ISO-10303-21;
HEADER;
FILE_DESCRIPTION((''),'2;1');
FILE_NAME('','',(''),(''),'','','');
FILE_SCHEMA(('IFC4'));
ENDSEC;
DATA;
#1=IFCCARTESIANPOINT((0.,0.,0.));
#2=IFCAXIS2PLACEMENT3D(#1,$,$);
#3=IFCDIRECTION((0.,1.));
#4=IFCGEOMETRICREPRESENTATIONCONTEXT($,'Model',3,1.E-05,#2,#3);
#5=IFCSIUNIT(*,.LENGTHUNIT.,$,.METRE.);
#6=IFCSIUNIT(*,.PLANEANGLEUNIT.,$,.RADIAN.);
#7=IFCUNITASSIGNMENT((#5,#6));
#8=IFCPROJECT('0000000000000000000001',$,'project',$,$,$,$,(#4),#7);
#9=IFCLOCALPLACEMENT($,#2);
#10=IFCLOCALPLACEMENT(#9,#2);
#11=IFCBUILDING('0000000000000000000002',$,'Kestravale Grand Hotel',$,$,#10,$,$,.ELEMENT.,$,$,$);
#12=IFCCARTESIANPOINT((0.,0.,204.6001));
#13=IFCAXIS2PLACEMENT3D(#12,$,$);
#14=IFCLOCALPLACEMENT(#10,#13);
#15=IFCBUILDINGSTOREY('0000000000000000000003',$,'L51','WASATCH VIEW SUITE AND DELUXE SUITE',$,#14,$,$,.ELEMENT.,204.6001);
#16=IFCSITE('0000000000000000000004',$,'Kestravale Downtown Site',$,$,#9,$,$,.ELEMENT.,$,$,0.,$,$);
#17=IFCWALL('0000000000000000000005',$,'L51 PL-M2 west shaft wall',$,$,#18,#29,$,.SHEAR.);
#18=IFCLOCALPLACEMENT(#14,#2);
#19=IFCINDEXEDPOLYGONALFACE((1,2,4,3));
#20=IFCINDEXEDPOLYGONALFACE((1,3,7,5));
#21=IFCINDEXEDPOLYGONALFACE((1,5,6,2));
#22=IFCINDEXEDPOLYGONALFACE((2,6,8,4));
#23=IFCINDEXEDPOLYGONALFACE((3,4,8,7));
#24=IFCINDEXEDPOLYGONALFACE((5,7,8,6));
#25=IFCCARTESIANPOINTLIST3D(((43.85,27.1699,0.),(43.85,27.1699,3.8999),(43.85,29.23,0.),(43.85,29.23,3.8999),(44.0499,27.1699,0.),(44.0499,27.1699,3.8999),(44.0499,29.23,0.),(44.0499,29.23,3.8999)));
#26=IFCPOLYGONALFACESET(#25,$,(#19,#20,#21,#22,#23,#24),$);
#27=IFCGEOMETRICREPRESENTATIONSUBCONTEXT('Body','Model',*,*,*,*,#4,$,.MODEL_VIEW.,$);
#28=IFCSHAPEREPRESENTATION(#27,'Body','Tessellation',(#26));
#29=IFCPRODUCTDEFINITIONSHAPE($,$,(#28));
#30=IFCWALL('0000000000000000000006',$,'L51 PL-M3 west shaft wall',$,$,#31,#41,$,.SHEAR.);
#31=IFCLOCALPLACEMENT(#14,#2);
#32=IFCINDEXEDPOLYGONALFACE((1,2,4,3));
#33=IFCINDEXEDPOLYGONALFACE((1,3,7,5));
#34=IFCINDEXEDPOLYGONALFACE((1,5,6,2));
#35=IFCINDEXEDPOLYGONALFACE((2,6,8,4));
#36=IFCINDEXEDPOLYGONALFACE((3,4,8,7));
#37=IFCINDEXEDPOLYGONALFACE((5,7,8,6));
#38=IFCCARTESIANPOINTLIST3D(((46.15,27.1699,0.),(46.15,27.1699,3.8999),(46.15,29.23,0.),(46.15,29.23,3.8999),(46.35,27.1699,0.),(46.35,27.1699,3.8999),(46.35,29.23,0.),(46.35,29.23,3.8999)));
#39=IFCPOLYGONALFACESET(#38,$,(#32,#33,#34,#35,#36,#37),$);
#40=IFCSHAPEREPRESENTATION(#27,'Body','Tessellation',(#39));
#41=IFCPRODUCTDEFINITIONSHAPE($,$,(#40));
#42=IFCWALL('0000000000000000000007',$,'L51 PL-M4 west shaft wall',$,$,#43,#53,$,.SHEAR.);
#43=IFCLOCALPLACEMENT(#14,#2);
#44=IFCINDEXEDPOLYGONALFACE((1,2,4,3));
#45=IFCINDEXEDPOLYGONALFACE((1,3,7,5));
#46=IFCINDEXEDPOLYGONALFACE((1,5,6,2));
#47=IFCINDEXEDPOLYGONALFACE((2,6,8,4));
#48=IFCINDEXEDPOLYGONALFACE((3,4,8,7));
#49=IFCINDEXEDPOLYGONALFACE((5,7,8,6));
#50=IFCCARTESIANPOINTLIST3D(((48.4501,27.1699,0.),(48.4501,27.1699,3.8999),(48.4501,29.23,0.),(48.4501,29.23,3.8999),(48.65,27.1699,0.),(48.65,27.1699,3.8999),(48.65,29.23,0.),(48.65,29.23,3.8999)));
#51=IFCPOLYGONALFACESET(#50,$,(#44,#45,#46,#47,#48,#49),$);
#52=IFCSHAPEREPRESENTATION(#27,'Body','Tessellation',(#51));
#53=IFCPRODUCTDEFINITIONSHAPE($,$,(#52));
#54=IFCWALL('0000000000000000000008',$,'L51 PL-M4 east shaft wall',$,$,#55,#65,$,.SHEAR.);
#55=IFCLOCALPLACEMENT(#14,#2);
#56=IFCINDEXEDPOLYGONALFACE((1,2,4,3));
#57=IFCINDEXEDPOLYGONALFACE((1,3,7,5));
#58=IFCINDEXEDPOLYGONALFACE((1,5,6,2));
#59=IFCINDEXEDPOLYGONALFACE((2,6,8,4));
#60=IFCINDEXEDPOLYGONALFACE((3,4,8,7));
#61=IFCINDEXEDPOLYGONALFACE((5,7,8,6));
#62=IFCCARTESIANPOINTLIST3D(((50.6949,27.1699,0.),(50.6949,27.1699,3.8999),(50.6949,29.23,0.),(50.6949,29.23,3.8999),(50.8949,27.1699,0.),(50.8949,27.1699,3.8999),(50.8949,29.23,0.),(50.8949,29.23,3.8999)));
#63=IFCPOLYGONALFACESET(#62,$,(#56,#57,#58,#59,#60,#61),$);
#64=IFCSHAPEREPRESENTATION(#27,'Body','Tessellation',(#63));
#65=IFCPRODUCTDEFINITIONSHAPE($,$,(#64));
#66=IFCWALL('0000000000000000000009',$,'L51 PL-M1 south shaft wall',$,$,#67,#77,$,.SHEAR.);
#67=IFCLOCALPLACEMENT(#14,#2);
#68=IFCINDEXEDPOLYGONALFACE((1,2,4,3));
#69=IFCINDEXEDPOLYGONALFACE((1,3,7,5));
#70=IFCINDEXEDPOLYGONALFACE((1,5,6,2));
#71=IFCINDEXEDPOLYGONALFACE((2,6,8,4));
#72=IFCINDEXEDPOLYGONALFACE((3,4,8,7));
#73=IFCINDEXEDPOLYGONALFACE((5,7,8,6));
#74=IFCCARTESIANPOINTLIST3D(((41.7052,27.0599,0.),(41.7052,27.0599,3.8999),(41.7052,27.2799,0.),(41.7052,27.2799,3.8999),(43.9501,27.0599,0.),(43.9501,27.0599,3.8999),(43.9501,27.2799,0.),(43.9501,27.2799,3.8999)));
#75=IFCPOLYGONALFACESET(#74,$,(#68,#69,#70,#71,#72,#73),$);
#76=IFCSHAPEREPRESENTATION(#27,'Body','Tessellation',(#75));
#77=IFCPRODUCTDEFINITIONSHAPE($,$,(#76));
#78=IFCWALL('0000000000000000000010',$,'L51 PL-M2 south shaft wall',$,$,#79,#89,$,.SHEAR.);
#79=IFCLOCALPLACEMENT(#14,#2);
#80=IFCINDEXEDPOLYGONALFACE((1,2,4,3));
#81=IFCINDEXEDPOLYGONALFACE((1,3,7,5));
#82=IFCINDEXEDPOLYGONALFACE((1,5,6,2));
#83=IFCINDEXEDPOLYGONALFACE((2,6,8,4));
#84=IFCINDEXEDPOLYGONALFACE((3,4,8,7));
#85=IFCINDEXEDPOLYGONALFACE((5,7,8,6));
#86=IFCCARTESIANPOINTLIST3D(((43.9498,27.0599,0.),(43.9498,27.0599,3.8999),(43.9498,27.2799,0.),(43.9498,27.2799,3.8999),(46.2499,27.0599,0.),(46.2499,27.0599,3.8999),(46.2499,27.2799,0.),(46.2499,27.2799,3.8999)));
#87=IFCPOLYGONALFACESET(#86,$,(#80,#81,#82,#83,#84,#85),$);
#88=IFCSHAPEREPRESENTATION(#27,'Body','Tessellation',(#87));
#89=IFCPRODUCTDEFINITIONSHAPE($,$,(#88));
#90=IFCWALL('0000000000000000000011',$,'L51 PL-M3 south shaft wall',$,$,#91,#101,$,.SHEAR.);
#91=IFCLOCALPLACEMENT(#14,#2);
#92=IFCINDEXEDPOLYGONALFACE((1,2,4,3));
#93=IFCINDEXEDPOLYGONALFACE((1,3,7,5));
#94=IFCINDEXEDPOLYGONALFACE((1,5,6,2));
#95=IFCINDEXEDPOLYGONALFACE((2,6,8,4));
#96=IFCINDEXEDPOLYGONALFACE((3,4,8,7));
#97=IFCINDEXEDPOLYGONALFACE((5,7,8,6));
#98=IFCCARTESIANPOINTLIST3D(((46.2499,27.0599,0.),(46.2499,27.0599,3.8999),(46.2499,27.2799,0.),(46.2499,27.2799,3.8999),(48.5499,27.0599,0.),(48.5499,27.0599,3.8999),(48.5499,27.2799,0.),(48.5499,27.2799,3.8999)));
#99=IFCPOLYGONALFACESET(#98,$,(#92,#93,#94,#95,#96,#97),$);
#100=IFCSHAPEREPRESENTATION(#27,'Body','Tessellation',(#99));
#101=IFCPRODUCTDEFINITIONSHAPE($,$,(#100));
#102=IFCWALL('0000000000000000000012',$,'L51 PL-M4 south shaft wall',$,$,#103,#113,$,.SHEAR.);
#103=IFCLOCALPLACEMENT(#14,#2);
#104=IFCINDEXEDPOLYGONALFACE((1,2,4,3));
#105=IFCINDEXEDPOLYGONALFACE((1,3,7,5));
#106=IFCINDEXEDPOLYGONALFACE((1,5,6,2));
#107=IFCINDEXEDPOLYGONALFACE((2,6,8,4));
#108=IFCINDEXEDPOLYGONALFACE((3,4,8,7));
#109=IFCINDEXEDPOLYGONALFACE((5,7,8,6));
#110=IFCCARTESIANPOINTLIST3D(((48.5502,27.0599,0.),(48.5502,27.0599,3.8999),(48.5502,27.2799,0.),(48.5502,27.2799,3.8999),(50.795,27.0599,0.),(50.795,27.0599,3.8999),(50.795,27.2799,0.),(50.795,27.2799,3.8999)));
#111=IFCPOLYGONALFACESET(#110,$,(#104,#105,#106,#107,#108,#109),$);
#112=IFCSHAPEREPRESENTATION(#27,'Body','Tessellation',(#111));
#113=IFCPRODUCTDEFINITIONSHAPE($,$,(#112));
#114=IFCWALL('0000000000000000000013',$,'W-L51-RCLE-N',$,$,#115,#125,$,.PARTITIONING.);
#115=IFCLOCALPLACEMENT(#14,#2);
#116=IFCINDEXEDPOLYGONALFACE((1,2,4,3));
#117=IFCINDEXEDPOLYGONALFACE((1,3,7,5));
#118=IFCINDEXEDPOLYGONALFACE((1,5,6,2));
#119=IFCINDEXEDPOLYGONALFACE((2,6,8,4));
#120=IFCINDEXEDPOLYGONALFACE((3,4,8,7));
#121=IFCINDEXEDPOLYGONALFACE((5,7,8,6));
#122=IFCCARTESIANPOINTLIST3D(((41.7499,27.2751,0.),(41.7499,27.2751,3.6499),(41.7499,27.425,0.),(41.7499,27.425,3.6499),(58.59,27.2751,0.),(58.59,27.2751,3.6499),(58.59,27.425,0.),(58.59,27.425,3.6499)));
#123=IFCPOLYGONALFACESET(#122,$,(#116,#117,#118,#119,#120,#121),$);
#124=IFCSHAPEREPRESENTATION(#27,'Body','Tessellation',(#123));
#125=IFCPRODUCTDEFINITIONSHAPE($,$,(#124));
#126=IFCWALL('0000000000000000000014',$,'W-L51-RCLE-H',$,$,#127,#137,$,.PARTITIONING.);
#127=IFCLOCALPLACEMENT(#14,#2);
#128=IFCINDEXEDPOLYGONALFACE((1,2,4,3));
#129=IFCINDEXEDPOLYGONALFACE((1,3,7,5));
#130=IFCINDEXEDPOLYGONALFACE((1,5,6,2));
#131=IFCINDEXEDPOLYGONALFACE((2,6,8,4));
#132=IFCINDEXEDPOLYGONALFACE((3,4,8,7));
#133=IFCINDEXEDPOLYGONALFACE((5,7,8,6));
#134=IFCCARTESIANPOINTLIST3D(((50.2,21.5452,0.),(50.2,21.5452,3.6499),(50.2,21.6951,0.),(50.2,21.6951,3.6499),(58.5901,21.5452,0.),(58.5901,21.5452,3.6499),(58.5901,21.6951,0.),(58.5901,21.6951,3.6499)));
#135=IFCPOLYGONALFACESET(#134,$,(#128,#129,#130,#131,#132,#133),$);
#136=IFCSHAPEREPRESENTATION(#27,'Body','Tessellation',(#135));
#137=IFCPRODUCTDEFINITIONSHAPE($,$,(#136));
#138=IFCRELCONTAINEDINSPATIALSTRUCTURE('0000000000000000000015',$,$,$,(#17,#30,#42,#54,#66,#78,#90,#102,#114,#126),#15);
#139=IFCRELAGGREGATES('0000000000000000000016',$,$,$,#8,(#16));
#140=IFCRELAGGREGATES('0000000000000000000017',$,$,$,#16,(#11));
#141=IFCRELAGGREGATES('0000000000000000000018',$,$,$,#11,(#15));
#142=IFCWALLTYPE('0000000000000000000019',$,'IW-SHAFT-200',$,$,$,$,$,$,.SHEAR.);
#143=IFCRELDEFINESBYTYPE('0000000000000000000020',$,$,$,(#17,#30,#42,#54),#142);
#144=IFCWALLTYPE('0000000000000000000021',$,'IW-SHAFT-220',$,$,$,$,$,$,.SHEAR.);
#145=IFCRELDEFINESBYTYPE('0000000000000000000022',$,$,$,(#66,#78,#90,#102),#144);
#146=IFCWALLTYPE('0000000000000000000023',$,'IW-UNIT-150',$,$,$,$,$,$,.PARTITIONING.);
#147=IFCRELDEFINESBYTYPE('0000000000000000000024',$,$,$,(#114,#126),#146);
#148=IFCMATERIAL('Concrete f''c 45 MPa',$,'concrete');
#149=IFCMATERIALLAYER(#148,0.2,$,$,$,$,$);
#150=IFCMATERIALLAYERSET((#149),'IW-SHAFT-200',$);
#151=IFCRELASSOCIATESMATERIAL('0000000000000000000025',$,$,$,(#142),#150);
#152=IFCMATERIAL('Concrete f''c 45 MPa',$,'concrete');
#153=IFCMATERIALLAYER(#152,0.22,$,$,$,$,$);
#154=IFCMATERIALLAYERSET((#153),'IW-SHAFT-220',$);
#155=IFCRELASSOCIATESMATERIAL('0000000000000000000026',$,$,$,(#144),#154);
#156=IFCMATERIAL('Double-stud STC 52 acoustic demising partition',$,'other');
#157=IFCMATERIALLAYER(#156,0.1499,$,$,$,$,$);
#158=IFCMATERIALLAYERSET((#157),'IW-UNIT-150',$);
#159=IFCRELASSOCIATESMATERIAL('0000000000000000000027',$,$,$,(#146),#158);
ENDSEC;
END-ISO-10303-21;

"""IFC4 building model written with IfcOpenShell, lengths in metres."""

from ifc_helpers import new_model, si_unit, direction, frame, frame_2d, origin, place, context, subcontext, project, spatial, rectangle, extrude, material, layer, layer_set, type_object, element, save


model = new_model("IFC4")

# Units and contexts
model_context = context("Model", 3, precision=1e-05, world=origin(), true_north=direction((0.0, 1.0)))
body_context = subcontext(model_context, "Body", "Model", "MODEL_VIEW")
ifc_project = project(units=[si_unit("LENGTHUNIT", "METRE"), si_unit("PLANEANGLEUNIT", "RADIAN")], contexts=[model_context])

# Site, building, storey
site_placement = place(None, origin())
site = spatial("IfcSite", under=ifc_project, at=site_placement, Name="Kestravale Downtown Site", CompositionType="ELEMENT", RefElevation=0.0)
building_placement = place(site_placement, origin())
building = spatial("IfcBuilding", under=site, at=building_placement, Name="Kestravale Grand Hotel", CompositionType="ELEMENT")
storey_placement = place(building_placement, frame((0.0, 0.0, 204.6001)))
storey = spatial("IfcBuildingStorey", under=building, at=storey_placement, Name="L51", Description="WASATCH VIEW SUITE AND DELUXE SUITE", CompositionType="ELEMENT", Elevation=204.6001)

# Walls
ifc_material_1 = material(Name="Concrete f'c 45 MPa", Category="concrete")
ifc_layer_1 = layer(ifc_material_1, 0.2)
ifc_layer_set_1 = layer_set([ifc_layer_1], Name="IW-SHAFT-200")
wall_type_1 = type_object("IfcWallType", Name="IW-SHAFT-200", PredefinedType="SHEAR", material=ifc_layer_set_1)
for number, where, z_axis, x_axis, name in (
    (1, (43.95, 27.1699, 0.0), (0.0, 0.0, 1.0), (0.0, 1.0, 0.0), "L51 PL-M2 west shaft wall"),
    (2, (46.25, 27.1699, 0.0), (0.0, 0.0, 1.0), (0.0, 1.0, 0.0), "L51 PL-M3 west shaft wall"),
    (3, (48.55, 27.1699, 0.0), (0.0, 0.0, 1.0), (0.0, 1.0, 0.0), "L51 PL-M4 west shaft wall"),
    (4, (50.7949, 27.1699, 0.0), (0.0, 0.0, 1.0), (0.0, 1.0, 0.0), "L51 PL-M4 east shaft wall"),
):
    element("IfcWall", number, at=place(storey_placement, frame(where, z_axis=z_axis, x_axis=x_axis)), inside=storey, type_object=wall_type_1, Name=name, PredefinedType="SHEAR", context=body_context, shape_type="SweptSolid", body=[
        extrude(rectangle(XDim=2.0601, YDim=0.2, at=frame_2d((1.03, 0.0))), origin(), (0.0, 0.0, 1.0), 3.8999),
    ])

# Shared definitions
ifc_material_2 = material(Name="Concrete f'c 45 MPa", Category="concrete")
ifc_layer_2 = layer(ifc_material_2, 0.22)
ifc_layer_set_2 = layer_set([ifc_layer_2], Name="IW-SHAFT-220")
wall_type_2 = type_object("IfcWallType", Name="IW-SHAFT-220", PredefinedType="SHEAR", material=ifc_layer_set_2)

# Wall
wall_1_placement = place(storey_placement, frame((41.7051, 27.1699, 0.0), z_axis=(0.0, 0.0, 1.0), x_axis=(1.0, 0.0, 0.0)))
element("IfcWall", 5, at=wall_1_placement, inside=storey, type_object=wall_type_2, Name="L51 PL-M1 south shaft wall", PredefinedType="SHEAR", context=body_context, shape_type="SweptSolid", body=[
    extrude(rectangle(XDim=2.2449, YDim=0.22, at=frame_2d((1.1226, 0.0))), origin(), (0.0, 0.0, 1.0), 3.8999),
])

# Wall
wall_2_placement = place(storey_placement, frame((43.95, 27.1699, 0.0), z_axis=(0.0, 0.0, 1.0), x_axis=(1.0, 0.0, 0.0)))
element("IfcWall", 6, at=wall_2_placement, inside=storey, type_object=wall_type_2, Name="L51 PL-M2 south shaft wall", PredefinedType="SHEAR", context=body_context, shape_type="SweptSolid", body=[
    extrude(rectangle(XDim=2.3, YDim=0.22, at=frame_2d((1.1499, 0.0))), origin(), (0.0, 0.0, 1.0), 3.8999),
])

# Walls
wall_3_placement = place(storey_placement, frame((46.25, 27.1699, 0.0), z_axis=(0.0, 0.0, 1.0), x_axis=(1.0, 0.0, 0.0)))
element("IfcWall", 7, at=wall_3_placement, inside=storey, type_object=wall_type_2, Name="L51 PL-M3 south shaft wall", PredefinedType="SHEAR", context=body_context, shape_type="SweptSolid", body=[
    extrude(rectangle(XDim=2.3, YDim=0.22, at=frame_2d((1.1499, 0.0))), origin(), (0.0, 0.0, 1.0), 3.8999),
])
wall_4_placement = place(storey_placement, frame((48.55, 27.1699, 0.0), z_axis=(0.0, 0.0, 1.0), x_axis=(1.0, 0.0, 0.0)))
element("IfcWall", 8, at=wall_4_placement, inside=storey, type_object=wall_type_2, Name="L51 PL-M4 south shaft wall", PredefinedType="SHEAR", context=body_context, shape_type="SweptSolid", body=[
    extrude(rectangle(XDim=2.2449, YDim=0.22, at=frame_2d((1.1226, 0.0))), origin(), (0.0, 0.0, 1.0), 3.8999),
])
ifc_material_3 = material(Name="Double-stud STC 52 acoustic demising partition", Category="other")
ifc_layer_3 = layer(ifc_material_3, 0.1499)
ifc_layer_set_3 = layer_set([ifc_layer_3], Name="IW-UNIT-150")
wall_type_3 = type_object("IfcWallType", Name="IW-UNIT-150", PredefinedType="PARTITIONING", material=ifc_layer_set_3)
wall_5_placement = place(storey_placement, frame((41.75, 27.3501, 0.0), z_axis=(0.0, 0.0, 1.0), x_axis=(1.0, 0.0, 0.0)))
element("IfcWall", 9, at=wall_5_placement, inside=storey, type_object=wall_type_3, Name="W-L51-RCLE-N", PredefinedType="PARTITIONING", context=body_context, shape_type="SweptSolid", body=[
    extrude(rectangle(XDim=16.8401, YDim=0.1499, at=frame_2d((8.4199, 0.0))), origin(), (0.0, 0.0, 1.0), 3.6499),
])
wall_6_placement = place(storey_placement, frame((50.2, 21.6201, 0.0), z_axis=(0.0, 0.0, 1.0), x_axis=(1.0, 0.0, 0.0)))
element("IfcWall", 10, at=wall_6_placement, inside=storey, type_object=wall_type_3, Name="W-L51-RCLE-H", PredefinedType="PARTITIONING", context=body_context, shape_type="SweptSolid", body=[
    extrude(rectangle(XDim=8.3901, YDim=0.1499, at=frame_2d((4.1951, 0.0))), origin(), (0.0, 0.0, 1.0), 3.6499),
])

save(model, "model.ifc")
